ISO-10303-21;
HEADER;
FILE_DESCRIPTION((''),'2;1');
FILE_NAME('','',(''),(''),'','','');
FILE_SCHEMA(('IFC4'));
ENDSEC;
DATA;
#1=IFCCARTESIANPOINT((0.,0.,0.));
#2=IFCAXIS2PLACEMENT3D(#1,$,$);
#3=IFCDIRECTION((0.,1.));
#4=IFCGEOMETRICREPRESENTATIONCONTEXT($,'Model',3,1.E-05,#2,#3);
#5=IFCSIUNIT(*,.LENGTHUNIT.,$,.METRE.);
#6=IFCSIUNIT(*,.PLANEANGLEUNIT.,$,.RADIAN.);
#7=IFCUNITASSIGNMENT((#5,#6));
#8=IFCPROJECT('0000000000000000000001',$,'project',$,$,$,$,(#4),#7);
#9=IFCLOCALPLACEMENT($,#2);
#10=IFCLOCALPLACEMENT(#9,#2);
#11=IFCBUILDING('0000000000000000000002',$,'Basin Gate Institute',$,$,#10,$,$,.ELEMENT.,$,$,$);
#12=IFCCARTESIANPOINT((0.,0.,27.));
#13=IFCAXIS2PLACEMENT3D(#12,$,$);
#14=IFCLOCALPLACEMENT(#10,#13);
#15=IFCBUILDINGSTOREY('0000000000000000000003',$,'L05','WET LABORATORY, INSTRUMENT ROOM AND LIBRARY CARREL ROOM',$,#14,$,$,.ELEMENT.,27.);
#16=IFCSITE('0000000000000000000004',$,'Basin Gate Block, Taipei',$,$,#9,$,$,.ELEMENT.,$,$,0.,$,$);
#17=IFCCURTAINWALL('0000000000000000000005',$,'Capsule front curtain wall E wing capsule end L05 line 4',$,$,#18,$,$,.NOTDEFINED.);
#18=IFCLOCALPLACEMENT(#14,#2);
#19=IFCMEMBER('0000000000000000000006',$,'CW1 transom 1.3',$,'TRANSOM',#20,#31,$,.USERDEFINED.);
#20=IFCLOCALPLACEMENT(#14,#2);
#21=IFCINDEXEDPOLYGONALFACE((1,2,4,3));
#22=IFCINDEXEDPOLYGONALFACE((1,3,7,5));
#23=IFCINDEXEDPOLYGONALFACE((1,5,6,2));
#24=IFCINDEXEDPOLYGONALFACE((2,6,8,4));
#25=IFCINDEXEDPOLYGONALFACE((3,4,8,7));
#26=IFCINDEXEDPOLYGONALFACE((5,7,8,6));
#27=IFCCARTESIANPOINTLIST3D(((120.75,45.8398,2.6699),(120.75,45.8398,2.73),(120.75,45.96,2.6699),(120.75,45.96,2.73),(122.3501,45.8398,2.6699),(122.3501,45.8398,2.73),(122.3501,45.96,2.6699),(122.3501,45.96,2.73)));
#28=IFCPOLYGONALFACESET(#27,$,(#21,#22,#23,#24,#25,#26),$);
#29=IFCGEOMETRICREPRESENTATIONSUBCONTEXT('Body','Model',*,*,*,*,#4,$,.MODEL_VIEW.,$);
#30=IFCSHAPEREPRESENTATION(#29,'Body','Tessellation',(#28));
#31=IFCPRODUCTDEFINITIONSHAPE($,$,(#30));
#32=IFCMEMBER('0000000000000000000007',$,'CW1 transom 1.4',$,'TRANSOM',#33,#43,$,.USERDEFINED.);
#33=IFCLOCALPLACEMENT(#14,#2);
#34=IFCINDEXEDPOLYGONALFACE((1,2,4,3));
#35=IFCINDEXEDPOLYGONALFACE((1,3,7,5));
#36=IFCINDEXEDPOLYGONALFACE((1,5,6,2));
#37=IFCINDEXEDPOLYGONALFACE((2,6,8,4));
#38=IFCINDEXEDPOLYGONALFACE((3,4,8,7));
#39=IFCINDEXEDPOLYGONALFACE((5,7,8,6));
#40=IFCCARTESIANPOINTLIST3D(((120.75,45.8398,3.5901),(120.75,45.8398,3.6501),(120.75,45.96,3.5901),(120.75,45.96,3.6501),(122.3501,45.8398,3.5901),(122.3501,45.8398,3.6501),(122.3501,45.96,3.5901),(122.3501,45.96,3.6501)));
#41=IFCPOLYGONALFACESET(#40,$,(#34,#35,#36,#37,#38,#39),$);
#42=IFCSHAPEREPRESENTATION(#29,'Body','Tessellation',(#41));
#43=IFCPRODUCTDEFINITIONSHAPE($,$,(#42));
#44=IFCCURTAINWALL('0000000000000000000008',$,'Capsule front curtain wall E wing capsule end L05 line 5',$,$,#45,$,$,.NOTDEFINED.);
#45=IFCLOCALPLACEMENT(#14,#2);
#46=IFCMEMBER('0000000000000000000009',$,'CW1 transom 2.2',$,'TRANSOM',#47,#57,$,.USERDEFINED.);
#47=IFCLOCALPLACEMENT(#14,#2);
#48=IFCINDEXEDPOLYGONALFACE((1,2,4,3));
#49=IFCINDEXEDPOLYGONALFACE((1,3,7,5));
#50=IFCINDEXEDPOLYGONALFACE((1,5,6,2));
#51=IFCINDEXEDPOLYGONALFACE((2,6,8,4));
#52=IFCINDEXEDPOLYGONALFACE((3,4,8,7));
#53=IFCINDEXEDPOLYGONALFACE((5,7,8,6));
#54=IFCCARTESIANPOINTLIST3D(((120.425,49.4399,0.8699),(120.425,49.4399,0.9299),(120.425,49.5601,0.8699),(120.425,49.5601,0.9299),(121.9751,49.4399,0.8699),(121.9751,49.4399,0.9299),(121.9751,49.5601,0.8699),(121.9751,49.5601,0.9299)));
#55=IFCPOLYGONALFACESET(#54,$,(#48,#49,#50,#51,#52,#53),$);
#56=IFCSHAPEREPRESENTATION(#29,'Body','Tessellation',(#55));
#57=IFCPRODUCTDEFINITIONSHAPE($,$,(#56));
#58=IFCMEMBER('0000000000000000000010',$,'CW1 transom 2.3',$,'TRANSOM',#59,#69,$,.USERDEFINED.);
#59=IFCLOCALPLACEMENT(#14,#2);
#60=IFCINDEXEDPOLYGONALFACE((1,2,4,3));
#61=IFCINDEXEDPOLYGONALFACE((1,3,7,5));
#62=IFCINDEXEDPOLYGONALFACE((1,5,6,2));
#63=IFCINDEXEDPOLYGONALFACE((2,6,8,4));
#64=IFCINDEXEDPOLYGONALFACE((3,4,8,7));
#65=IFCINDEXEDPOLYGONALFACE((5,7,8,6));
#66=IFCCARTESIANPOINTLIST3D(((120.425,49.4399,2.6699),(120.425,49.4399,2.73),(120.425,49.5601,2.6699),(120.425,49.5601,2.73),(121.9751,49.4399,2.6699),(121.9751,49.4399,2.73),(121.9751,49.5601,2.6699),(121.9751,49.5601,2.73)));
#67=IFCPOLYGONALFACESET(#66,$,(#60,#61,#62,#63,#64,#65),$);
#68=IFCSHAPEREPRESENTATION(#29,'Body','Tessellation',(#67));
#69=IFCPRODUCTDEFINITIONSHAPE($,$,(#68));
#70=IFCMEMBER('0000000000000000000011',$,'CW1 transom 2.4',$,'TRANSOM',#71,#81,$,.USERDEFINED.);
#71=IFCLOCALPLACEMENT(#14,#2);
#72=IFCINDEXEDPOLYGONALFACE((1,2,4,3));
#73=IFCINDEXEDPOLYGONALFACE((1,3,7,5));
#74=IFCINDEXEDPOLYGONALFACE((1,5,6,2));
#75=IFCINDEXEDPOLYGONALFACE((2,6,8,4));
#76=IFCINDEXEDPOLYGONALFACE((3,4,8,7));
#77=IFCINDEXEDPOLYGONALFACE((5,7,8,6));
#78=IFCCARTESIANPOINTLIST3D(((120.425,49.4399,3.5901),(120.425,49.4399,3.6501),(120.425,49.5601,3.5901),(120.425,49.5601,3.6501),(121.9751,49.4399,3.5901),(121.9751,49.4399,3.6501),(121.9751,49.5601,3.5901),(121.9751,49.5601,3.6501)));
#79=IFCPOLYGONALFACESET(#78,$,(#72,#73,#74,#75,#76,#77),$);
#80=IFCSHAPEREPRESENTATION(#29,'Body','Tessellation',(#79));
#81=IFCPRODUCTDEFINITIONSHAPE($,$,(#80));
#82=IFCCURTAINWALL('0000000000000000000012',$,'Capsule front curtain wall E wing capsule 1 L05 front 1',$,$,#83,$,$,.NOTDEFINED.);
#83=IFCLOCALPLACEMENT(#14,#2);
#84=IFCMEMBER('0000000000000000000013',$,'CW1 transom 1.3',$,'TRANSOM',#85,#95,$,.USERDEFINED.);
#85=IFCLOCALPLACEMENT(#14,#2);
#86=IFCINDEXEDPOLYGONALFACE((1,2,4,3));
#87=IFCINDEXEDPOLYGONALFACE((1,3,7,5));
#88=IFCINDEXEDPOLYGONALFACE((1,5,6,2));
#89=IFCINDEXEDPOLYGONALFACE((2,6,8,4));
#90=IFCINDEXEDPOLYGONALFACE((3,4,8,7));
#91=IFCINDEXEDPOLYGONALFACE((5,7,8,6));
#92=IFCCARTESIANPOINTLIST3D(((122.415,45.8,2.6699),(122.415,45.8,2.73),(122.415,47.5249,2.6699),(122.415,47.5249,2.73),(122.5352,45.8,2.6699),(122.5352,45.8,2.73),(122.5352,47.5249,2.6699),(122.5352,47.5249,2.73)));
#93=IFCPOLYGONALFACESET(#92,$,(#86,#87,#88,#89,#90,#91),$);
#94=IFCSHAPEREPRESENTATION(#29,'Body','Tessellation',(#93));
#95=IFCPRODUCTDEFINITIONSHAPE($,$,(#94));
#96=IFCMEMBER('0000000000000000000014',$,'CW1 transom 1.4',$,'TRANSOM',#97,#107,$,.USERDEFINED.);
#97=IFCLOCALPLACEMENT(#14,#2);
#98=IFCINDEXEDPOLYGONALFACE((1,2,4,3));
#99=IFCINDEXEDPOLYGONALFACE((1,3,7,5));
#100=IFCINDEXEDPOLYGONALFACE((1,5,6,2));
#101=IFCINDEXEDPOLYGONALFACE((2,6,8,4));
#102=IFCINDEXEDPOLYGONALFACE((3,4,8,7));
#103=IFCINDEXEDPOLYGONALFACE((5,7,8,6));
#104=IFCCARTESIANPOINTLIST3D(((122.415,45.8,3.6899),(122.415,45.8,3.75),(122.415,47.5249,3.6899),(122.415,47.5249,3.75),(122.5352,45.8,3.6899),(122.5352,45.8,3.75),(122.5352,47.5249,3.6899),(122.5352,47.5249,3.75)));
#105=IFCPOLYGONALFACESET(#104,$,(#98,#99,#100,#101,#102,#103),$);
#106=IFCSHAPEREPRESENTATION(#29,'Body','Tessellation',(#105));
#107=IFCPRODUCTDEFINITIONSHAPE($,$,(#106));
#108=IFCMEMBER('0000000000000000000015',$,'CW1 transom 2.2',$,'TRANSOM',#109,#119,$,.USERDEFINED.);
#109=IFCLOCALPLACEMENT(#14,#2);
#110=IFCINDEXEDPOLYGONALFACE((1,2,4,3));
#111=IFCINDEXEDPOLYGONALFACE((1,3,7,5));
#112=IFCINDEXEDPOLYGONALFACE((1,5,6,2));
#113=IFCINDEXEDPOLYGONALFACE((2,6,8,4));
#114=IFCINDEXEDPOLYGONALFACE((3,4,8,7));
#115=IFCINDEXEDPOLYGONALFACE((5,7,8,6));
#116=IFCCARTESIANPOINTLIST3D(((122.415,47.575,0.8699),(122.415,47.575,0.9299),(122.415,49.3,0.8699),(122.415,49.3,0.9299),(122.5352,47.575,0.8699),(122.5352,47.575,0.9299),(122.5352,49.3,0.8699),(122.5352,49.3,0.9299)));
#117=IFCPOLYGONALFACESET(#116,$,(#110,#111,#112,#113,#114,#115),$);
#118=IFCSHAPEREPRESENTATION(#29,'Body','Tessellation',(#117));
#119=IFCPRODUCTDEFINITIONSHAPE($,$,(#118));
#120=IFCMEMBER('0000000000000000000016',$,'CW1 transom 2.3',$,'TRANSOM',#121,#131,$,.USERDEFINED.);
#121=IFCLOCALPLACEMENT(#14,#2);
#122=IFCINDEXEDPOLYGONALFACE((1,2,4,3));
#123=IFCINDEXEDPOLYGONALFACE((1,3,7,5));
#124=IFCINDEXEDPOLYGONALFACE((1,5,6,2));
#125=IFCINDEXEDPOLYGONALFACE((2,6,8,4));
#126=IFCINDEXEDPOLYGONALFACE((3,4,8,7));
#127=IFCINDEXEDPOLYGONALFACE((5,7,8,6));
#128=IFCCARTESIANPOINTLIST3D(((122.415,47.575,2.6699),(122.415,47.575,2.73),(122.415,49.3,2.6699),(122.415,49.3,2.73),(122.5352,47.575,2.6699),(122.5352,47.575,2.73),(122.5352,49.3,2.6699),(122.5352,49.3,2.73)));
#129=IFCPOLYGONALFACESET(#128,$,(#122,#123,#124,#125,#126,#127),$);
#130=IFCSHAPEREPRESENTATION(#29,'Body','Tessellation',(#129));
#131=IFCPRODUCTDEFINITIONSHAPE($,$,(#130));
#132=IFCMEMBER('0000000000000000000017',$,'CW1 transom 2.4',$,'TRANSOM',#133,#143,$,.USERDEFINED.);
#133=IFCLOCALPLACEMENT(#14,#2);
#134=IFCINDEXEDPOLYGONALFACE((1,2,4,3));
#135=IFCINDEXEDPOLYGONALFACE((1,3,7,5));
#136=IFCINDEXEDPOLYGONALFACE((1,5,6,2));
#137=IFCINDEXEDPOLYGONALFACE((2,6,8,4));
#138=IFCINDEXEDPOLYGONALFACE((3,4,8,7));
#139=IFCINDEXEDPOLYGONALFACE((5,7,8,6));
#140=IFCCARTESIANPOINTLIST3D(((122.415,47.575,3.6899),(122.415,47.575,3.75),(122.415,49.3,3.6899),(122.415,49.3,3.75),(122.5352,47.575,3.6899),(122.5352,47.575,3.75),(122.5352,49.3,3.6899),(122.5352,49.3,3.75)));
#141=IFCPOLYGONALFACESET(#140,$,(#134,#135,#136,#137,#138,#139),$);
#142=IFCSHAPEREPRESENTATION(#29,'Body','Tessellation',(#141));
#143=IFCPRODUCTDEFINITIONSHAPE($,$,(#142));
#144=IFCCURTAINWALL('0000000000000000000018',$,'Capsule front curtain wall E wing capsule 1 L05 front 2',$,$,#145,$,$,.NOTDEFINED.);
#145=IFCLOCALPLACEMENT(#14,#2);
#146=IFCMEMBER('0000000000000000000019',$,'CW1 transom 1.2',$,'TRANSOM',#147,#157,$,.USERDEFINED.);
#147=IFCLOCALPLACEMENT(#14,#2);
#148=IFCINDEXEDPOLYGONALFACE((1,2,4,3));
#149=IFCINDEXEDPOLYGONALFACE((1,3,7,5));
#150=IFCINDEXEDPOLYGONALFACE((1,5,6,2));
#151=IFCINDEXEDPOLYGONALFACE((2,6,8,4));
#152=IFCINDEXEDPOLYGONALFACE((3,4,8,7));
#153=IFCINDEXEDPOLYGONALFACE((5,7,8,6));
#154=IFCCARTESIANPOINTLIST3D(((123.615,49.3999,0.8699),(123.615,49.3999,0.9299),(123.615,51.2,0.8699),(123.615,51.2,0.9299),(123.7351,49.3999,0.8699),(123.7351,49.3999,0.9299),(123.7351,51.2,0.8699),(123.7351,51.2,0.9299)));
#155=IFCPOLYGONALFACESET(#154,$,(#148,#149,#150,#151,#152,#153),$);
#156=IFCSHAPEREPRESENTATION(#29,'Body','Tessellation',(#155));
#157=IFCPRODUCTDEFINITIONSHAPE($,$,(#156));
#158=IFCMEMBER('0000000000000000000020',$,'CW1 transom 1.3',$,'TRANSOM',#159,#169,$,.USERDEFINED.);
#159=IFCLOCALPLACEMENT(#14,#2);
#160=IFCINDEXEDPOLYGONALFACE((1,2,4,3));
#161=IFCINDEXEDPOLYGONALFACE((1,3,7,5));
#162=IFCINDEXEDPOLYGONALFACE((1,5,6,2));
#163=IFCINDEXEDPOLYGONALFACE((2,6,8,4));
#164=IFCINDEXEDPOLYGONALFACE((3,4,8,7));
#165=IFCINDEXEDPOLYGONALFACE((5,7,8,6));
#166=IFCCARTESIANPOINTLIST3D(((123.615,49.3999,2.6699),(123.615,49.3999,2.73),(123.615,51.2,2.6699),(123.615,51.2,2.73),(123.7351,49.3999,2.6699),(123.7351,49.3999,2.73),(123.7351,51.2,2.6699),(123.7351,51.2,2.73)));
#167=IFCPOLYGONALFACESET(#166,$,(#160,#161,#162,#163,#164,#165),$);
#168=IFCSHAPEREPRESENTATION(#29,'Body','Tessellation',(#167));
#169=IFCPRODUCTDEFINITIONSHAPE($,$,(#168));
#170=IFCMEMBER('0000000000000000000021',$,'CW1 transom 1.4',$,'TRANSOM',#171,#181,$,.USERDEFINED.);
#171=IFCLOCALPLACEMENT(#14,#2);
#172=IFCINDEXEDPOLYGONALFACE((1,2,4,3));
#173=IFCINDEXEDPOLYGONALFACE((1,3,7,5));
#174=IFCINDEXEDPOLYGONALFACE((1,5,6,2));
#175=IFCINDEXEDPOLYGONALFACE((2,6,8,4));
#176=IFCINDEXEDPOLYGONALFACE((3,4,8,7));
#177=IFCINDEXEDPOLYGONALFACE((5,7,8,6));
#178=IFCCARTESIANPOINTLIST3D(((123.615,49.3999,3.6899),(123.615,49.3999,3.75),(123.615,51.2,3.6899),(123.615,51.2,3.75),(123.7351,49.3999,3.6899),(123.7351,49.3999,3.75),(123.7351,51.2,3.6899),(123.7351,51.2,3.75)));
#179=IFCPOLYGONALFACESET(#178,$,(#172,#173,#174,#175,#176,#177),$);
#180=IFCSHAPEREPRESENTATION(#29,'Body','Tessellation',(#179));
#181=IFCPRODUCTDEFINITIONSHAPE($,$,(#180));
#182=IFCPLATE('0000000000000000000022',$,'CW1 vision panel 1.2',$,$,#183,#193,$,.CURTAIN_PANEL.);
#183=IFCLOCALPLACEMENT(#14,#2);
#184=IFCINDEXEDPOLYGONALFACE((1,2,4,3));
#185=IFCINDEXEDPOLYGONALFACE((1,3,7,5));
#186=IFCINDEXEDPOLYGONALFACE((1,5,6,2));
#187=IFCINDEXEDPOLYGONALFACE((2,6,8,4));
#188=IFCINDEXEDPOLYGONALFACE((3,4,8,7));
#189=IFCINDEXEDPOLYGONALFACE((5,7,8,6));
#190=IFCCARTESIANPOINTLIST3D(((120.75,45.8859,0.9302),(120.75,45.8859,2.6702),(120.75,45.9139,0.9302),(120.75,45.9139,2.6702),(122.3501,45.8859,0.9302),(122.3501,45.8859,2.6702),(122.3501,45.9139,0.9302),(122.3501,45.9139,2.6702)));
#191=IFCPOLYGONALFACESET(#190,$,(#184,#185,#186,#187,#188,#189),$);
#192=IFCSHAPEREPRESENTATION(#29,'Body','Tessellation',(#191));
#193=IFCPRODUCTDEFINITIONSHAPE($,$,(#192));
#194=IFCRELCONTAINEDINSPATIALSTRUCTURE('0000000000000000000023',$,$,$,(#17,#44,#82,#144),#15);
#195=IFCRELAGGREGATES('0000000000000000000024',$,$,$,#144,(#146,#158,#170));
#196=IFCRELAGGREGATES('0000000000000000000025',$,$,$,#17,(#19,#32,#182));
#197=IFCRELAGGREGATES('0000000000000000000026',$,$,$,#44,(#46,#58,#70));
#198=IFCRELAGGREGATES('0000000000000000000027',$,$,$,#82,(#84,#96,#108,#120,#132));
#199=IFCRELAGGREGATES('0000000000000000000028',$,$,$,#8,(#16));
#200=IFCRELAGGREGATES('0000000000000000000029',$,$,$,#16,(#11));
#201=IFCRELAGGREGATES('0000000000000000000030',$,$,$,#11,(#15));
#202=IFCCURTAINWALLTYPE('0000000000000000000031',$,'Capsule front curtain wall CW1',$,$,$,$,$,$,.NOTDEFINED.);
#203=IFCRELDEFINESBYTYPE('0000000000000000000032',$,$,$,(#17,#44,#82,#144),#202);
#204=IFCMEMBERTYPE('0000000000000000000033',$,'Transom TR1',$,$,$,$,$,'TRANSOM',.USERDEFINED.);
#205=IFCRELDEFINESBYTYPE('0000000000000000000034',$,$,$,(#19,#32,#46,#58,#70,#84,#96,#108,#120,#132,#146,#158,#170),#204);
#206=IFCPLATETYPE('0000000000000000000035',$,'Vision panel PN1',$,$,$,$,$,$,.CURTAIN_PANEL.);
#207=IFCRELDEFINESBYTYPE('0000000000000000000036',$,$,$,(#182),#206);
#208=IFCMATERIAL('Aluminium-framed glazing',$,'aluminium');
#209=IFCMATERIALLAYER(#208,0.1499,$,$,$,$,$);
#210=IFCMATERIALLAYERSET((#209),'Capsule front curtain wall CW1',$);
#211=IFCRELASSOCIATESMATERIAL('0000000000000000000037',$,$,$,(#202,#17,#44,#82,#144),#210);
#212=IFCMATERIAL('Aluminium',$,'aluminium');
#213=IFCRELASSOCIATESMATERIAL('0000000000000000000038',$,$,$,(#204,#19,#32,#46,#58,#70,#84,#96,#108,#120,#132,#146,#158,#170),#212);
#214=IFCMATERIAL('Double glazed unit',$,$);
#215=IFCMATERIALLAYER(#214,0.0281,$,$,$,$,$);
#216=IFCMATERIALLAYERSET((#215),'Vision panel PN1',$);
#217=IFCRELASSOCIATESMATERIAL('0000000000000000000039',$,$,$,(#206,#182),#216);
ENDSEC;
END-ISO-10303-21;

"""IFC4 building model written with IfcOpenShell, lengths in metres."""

from ifc_helpers import new_model, si_unit, direction, frame, origin, origin_2d, place, context, subcontext, project, spatial, rectangle, extrude, material, layer, layer_set, material_profile, profile_set, type_object, element, aggregate, save


model = new_model("IFC4")

# Units and contexts
model_context = context("Model", 3, precision=1e-05, world=origin(), true_north=direction((0.0, 1.0)))
body_context = subcontext(model_context, "Body", "Model", "MODEL_VIEW")
ifc_project = project(units=[si_unit("LENGTHUNIT", "METRE"), si_unit("PLANEANGLEUNIT", "RADIAN")], contexts=[model_context])

# Site, building, storey
site_placement = place(None, origin())
site = spatial("IfcSite", under=ifc_project, at=site_placement, Name="Basin Gate Block, Taipei", CompositionType="ELEMENT", RefElevation=0.0)
building_placement = place(site_placement, origin())
building = spatial("IfcBuilding", under=site, at=building_placement, Name="Basin Gate Institute", CompositionType="ELEMENT")
storey_placement = place(building_placement, frame((0.0, 0.0, 27.0)))
storey = spatial("IfcBuildingStorey", under=building, at=storey_placement, Name="L05", Description="WET LABORATORY, INSTRUMENT ROOM AND LIBRARY CARREL ROOM", CompositionType="ELEMENT", Elevation=27.0)

# Curtain walls, members
ifc_material_1 = material(Name="Aluminium-framed glazing", Category="aluminium")
ifc_layer_1 = layer(ifc_material_1, 0.1499)
ifc_layer_set_1 = layer_set([ifc_layer_1], Name="Capsule front curtain wall CW1")
curtain_wall_type = type_object("IfcCurtainWallType", Name="Capsule front curtain wall CW1", PredefinedType="NOTDEFINED", material=ifc_layer_set_1)
curtain_wall_1_placement = place(storey_placement, origin())
curtain_wall_1 = element("IfcCurtainWall", 1, at=curtain_wall_1_placement, inside=storey, type_object=curtain_wall_type, material=ifc_layer_set_1, Name="Capsule front curtain wall E wing capsule end L05 line 4", PredefinedType="NOTDEFINED")
ifc_material_2 = material(Name="Aluminium", Category="aluminium")
ifc_material_profile = material_profile(ifc_material_2, rectangle(XDim=0.1201, YDim=0.0601, at=origin_2d()), Name="Transom TR1 120 x 60")
ifc_profile_set = profile_set([ifc_material_profile], Name="Aluminium")
member_type = type_object("IfcMemberType", Name="Transom TR1", ElementType="TRANSOM", PredefinedType="USERDEFINED", material=ifc_profile_set)
member_1_placement = place(storey_placement, frame((122.3501, 45.8999, 2.7), z_axis=(-1.0, 0.0, 0.0), x_axis=(0.0, -1.0, 0.0)))
member_1 = element("IfcMember", 2, at=member_1_placement, type_object=member_type, material=ifc_profile_set, Name="CW1 transom 1.3", ObjectType="TRANSOM", PredefinedType="USERDEFINED", context=body_context, shape_type="SweptSolid", body=[
    extrude(rectangle(XDim=0.1201, YDim=0.0601, at=origin_2d()), origin(), (0.0, 0.0, 1.0), 1.6001),
])
member_2_placement = place(storey_placement, frame((122.3501, 45.8999, 3.6201), z_axis=(-1.0, 0.0, 0.0), x_axis=(0.0, -1.0, 0.0)))
member_2 = element("IfcMember", 3, at=member_2_placement, type_object=member_type, material=ifc_profile_set, Name="CW1 transom 1.4", ObjectType="TRANSOM", PredefinedType="USERDEFINED", context=body_context, shape_type="SweptSolid", body=[
    extrude(rectangle(XDim=0.1201, YDim=0.0601, at=origin_2d()), origin(), (0.0, 0.0, 1.0), 1.6001),
])
curtain_wall_2_placement = place(storey_placement, origin())
curtain_wall_2 = element("IfcCurtainWall", 4, at=curtain_wall_2_placement, inside=storey, type_object=curtain_wall_type, material=ifc_layer_set_1, Name="Capsule front curtain wall E wing capsule end L05 line 5", PredefinedType="NOTDEFINED")
member_3_placement = place(storey_placement, frame((121.9751, 49.5, 0.8999), z_axis=(-1.0, 0.0, 0.0), x_axis=(0.0, -1.0, 0.0)))
member_3 = element("IfcMember", 5, at=member_3_placement, type_object=member_type, material=ifc_profile_set, Name="CW1 transom 2.2", ObjectType="TRANSOM", PredefinedType="USERDEFINED", context=body_context, shape_type="SweptSolid", body=[
    extrude(rectangle(XDim=0.1201, YDim=0.0601, at=origin_2d()), origin(), (0.0, 0.0, 1.0), 1.55),
])
member_4_placement = place(storey_placement, frame((121.9751, 49.5, 2.7), z_axis=(-1.0, 0.0, 0.0), x_axis=(0.0, -1.0, 0.0)))
member_4 = element("IfcMember", 6, at=member_4_placement, type_object=member_type, material=ifc_profile_set, Name="CW1 transom 2.3", ObjectType="TRANSOM", PredefinedType="USERDEFINED", context=body_context, shape_type="SweptSolid", body=[
    extrude(rectangle(XDim=0.1201, YDim=0.0601, at=origin_2d()), origin(), (0.0, 0.0, 1.0), 1.55),
])
member_5_placement = place(storey_placement, frame((121.9751, 49.5, 3.6201), z_axis=(-1.0, 0.0, 0.0), x_axis=(0.0, -1.0, 0.0)))
member_5 = element("IfcMember", 7, at=member_5_placement, type_object=member_type, material=ifc_profile_set, Name="CW1 transom 2.4", ObjectType="TRANSOM", PredefinedType="USERDEFINED", context=body_context, shape_type="SweptSolid", body=[
    extrude(rectangle(XDim=0.1201, YDim=0.0601, at=origin_2d()), origin(), (0.0, 0.0, 1.0), 1.55),
])
curtain_wall_3_placement = place(storey_placement, origin())
curtain_wall_3 = element("IfcCurtainWall", 8, at=curtain_wall_3_placement, inside=storey, type_object=curtain_wall_type, material=ifc_layer_set_1, Name="Capsule front curtain wall E wing capsule 1 L05 front 1", PredefinedType="NOTDEFINED")
member_6_placement = place(storey_placement, frame((122.4751, 45.8, 2.7), z_axis=(0.0, 1.0, 0.0), x_axis=(-1.0, 0.0, 0.0)))
member_6 = element("IfcMember", 9, at=member_6_placement, type_object=member_type, material=ifc_profile_set, Name="CW1 transom 1.3", ObjectType="TRANSOM", PredefinedType="USERDEFINED", context=body_context, shape_type="SweptSolid", body=[
    extrude(rectangle(XDim=0.1201, YDim=0.0601, at=origin_2d()), origin(), (0.0, 0.0, 1.0), 1.7249),
])
member_7_placement = place(storey_placement, frame((122.4751, 45.8, 3.72), z_axis=(0.0, 1.0, 0.0), x_axis=(-1.0, 0.0, 0.0)))
member_7 = element("IfcMember", 10, at=member_7_placement, type_object=member_type, material=ifc_profile_set, Name="CW1 transom 1.4", ObjectType="TRANSOM", PredefinedType="USERDEFINED", context=body_context, shape_type="SweptSolid", body=[
    extrude(rectangle(XDim=0.1201, YDim=0.0601, at=origin_2d()), origin(), (0.0, 0.0, 1.0), 1.7249),
])
member_8_placement = place(storey_placement, frame((122.4751, 47.575, 0.8999), z_axis=(0.0, 1.0, 0.0), x_axis=(-1.0, 0.0, 0.0)))
member_8 = element("IfcMember", 11, at=member_8_placement, type_object=member_type, material=ifc_profile_set, Name="CW1 transom 2.2", ObjectType="TRANSOM", PredefinedType="USERDEFINED", context=body_context, shape_type="SweptSolid", body=[
    extrude(rectangle(XDim=0.1201, YDim=0.0601, at=origin_2d()), origin(), (0.0, 0.0, 1.0), 1.7251),
])
member_9_placement = place(storey_placement, frame((122.4751, 47.575, 2.7), z_axis=(0.0, 1.0, 0.0), x_axis=(-1.0, 0.0, 0.0)))
member_9 = element("IfcMember", 12, at=member_9_placement, type_object=member_type, material=ifc_profile_set, Name="CW1 transom 2.3", ObjectType="TRANSOM", PredefinedType="USERDEFINED", context=body_context, shape_type="SweptSolid", body=[
    extrude(rectangle(XDim=0.1201, YDim=0.0601, at=origin_2d()), origin(), (0.0, 0.0, 1.0), 1.7251),
])
member_10_placement = place(storey_placement, frame((122.4751, 47.575, 3.72), z_axis=(0.0, 1.0, 0.0), x_axis=(-1.0, 0.0, 0.0)))
member_10 = element("IfcMember", 13, at=member_10_placement, type_object=member_type, material=ifc_profile_set, Name="CW1 transom 2.4", ObjectType="TRANSOM", PredefinedType="USERDEFINED", context=body_context, shape_type="SweptSolid", body=[
    extrude(rectangle(XDim=0.1201, YDim=0.0601, at=origin_2d()), origin(), (0.0, 0.0, 1.0), 1.7251),
])
curtain_wall_4_placement = place(storey_placement, origin())
curtain_wall_4 = element("IfcCurtainWall", 14, at=curtain_wall_4_placement, inside=storey, type_object=curtain_wall_type, material=ifc_layer_set_1, Name="Capsule front curtain wall E wing capsule 1 L05 front 2", PredefinedType="NOTDEFINED")
member_11_placement = place(storey_placement, frame((123.675, 49.3999, 0.8999), z_axis=(0.0, 1.0, 0.0), x_axis=(-1.0, 0.0, 0.0)))
member_11 = element("IfcMember", 15, at=member_11_placement, type_object=member_type, material=ifc_profile_set, Name="CW1 transom 1.2", ObjectType="TRANSOM", PredefinedType="USERDEFINED", context=body_context, shape_type="SweptSolid", body=[
    extrude(rectangle(XDim=0.1201, YDim=0.0601, at=origin_2d()), origin(), (0.0, 0.0, 1.0), 1.8),
])
member_12_placement = place(storey_placement, frame((123.675, 49.3999, 2.7), z_axis=(0.0, 1.0, 0.0), x_axis=(-1.0, 0.0, 0.0)))
member_12 = element("IfcMember", 16, at=member_12_placement, type_object=member_type, material=ifc_profile_set, Name="CW1 transom 1.3", ObjectType="TRANSOM", PredefinedType="USERDEFINED", context=body_context, shape_type="SweptSolid", body=[
    extrude(rectangle(XDim=0.1201, YDim=0.0601, at=origin_2d()), origin(), (0.0, 0.0, 1.0), 1.8),
])
member_13_placement = place(storey_placement, frame((123.675, 49.3999, 3.72), z_axis=(0.0, 1.0, 0.0), x_axis=(-1.0, 0.0, 0.0)))
member_13 = element("IfcMember", 17, at=member_13_placement, type_object=member_type, material=ifc_profile_set, Name="CW1 transom 1.4", ObjectType="TRANSOM", PredefinedType="USERDEFINED", context=body_context, shape_type="SweptSolid", body=[
    extrude(rectangle(XDim=0.1201, YDim=0.0601, at=origin_2d()), origin(), (0.0, 0.0, 1.0), 1.8),
])
aggregate(curtain_wall_4, [member_11, member_12, member_13])

# Plate
ifc_material_3 = material(Name="Double glazed unit")
ifc_layer_2 = layer(ifc_material_3, 0.0281)
ifc_layer_set_2 = layer_set([ifc_layer_2], Name="Vision panel PN1")
plate_type = type_object("IfcPlateType", Name="Vision panel PN1", PredefinedType="CURTAIN_PANEL", material=ifc_layer_set_2)
plate_1_placement = place(storey_placement, frame((121.55, 45.8999, 0.9302), z_axis=(0.0, 0.0, 1.0), x_axis=(-1.0, 0.0, 0.0)))
plate_1 = element("IfcPlate", 18, at=plate_1_placement, type_object=plate_type, material=ifc_layer_set_2, Name="CW1 vision panel 1.2", PredefinedType="CURTAIN_PANEL", context=body_context, shape_type="SweptSolid", body=[
    extrude(rectangle(XDim=1.6001, YDim=0.0281, at=origin_2d()), origin(), (0.0, 0.0, 1.0), 1.74),
])
aggregate(curtain_wall_1, [member_1, member_2, plate_1])
aggregate(curtain_wall_2, [member_3, member_4, member_5])
aggregate(curtain_wall_3, [member_6, member_7, member_8, member_9, member_10])

save(model, "model.ifc")
